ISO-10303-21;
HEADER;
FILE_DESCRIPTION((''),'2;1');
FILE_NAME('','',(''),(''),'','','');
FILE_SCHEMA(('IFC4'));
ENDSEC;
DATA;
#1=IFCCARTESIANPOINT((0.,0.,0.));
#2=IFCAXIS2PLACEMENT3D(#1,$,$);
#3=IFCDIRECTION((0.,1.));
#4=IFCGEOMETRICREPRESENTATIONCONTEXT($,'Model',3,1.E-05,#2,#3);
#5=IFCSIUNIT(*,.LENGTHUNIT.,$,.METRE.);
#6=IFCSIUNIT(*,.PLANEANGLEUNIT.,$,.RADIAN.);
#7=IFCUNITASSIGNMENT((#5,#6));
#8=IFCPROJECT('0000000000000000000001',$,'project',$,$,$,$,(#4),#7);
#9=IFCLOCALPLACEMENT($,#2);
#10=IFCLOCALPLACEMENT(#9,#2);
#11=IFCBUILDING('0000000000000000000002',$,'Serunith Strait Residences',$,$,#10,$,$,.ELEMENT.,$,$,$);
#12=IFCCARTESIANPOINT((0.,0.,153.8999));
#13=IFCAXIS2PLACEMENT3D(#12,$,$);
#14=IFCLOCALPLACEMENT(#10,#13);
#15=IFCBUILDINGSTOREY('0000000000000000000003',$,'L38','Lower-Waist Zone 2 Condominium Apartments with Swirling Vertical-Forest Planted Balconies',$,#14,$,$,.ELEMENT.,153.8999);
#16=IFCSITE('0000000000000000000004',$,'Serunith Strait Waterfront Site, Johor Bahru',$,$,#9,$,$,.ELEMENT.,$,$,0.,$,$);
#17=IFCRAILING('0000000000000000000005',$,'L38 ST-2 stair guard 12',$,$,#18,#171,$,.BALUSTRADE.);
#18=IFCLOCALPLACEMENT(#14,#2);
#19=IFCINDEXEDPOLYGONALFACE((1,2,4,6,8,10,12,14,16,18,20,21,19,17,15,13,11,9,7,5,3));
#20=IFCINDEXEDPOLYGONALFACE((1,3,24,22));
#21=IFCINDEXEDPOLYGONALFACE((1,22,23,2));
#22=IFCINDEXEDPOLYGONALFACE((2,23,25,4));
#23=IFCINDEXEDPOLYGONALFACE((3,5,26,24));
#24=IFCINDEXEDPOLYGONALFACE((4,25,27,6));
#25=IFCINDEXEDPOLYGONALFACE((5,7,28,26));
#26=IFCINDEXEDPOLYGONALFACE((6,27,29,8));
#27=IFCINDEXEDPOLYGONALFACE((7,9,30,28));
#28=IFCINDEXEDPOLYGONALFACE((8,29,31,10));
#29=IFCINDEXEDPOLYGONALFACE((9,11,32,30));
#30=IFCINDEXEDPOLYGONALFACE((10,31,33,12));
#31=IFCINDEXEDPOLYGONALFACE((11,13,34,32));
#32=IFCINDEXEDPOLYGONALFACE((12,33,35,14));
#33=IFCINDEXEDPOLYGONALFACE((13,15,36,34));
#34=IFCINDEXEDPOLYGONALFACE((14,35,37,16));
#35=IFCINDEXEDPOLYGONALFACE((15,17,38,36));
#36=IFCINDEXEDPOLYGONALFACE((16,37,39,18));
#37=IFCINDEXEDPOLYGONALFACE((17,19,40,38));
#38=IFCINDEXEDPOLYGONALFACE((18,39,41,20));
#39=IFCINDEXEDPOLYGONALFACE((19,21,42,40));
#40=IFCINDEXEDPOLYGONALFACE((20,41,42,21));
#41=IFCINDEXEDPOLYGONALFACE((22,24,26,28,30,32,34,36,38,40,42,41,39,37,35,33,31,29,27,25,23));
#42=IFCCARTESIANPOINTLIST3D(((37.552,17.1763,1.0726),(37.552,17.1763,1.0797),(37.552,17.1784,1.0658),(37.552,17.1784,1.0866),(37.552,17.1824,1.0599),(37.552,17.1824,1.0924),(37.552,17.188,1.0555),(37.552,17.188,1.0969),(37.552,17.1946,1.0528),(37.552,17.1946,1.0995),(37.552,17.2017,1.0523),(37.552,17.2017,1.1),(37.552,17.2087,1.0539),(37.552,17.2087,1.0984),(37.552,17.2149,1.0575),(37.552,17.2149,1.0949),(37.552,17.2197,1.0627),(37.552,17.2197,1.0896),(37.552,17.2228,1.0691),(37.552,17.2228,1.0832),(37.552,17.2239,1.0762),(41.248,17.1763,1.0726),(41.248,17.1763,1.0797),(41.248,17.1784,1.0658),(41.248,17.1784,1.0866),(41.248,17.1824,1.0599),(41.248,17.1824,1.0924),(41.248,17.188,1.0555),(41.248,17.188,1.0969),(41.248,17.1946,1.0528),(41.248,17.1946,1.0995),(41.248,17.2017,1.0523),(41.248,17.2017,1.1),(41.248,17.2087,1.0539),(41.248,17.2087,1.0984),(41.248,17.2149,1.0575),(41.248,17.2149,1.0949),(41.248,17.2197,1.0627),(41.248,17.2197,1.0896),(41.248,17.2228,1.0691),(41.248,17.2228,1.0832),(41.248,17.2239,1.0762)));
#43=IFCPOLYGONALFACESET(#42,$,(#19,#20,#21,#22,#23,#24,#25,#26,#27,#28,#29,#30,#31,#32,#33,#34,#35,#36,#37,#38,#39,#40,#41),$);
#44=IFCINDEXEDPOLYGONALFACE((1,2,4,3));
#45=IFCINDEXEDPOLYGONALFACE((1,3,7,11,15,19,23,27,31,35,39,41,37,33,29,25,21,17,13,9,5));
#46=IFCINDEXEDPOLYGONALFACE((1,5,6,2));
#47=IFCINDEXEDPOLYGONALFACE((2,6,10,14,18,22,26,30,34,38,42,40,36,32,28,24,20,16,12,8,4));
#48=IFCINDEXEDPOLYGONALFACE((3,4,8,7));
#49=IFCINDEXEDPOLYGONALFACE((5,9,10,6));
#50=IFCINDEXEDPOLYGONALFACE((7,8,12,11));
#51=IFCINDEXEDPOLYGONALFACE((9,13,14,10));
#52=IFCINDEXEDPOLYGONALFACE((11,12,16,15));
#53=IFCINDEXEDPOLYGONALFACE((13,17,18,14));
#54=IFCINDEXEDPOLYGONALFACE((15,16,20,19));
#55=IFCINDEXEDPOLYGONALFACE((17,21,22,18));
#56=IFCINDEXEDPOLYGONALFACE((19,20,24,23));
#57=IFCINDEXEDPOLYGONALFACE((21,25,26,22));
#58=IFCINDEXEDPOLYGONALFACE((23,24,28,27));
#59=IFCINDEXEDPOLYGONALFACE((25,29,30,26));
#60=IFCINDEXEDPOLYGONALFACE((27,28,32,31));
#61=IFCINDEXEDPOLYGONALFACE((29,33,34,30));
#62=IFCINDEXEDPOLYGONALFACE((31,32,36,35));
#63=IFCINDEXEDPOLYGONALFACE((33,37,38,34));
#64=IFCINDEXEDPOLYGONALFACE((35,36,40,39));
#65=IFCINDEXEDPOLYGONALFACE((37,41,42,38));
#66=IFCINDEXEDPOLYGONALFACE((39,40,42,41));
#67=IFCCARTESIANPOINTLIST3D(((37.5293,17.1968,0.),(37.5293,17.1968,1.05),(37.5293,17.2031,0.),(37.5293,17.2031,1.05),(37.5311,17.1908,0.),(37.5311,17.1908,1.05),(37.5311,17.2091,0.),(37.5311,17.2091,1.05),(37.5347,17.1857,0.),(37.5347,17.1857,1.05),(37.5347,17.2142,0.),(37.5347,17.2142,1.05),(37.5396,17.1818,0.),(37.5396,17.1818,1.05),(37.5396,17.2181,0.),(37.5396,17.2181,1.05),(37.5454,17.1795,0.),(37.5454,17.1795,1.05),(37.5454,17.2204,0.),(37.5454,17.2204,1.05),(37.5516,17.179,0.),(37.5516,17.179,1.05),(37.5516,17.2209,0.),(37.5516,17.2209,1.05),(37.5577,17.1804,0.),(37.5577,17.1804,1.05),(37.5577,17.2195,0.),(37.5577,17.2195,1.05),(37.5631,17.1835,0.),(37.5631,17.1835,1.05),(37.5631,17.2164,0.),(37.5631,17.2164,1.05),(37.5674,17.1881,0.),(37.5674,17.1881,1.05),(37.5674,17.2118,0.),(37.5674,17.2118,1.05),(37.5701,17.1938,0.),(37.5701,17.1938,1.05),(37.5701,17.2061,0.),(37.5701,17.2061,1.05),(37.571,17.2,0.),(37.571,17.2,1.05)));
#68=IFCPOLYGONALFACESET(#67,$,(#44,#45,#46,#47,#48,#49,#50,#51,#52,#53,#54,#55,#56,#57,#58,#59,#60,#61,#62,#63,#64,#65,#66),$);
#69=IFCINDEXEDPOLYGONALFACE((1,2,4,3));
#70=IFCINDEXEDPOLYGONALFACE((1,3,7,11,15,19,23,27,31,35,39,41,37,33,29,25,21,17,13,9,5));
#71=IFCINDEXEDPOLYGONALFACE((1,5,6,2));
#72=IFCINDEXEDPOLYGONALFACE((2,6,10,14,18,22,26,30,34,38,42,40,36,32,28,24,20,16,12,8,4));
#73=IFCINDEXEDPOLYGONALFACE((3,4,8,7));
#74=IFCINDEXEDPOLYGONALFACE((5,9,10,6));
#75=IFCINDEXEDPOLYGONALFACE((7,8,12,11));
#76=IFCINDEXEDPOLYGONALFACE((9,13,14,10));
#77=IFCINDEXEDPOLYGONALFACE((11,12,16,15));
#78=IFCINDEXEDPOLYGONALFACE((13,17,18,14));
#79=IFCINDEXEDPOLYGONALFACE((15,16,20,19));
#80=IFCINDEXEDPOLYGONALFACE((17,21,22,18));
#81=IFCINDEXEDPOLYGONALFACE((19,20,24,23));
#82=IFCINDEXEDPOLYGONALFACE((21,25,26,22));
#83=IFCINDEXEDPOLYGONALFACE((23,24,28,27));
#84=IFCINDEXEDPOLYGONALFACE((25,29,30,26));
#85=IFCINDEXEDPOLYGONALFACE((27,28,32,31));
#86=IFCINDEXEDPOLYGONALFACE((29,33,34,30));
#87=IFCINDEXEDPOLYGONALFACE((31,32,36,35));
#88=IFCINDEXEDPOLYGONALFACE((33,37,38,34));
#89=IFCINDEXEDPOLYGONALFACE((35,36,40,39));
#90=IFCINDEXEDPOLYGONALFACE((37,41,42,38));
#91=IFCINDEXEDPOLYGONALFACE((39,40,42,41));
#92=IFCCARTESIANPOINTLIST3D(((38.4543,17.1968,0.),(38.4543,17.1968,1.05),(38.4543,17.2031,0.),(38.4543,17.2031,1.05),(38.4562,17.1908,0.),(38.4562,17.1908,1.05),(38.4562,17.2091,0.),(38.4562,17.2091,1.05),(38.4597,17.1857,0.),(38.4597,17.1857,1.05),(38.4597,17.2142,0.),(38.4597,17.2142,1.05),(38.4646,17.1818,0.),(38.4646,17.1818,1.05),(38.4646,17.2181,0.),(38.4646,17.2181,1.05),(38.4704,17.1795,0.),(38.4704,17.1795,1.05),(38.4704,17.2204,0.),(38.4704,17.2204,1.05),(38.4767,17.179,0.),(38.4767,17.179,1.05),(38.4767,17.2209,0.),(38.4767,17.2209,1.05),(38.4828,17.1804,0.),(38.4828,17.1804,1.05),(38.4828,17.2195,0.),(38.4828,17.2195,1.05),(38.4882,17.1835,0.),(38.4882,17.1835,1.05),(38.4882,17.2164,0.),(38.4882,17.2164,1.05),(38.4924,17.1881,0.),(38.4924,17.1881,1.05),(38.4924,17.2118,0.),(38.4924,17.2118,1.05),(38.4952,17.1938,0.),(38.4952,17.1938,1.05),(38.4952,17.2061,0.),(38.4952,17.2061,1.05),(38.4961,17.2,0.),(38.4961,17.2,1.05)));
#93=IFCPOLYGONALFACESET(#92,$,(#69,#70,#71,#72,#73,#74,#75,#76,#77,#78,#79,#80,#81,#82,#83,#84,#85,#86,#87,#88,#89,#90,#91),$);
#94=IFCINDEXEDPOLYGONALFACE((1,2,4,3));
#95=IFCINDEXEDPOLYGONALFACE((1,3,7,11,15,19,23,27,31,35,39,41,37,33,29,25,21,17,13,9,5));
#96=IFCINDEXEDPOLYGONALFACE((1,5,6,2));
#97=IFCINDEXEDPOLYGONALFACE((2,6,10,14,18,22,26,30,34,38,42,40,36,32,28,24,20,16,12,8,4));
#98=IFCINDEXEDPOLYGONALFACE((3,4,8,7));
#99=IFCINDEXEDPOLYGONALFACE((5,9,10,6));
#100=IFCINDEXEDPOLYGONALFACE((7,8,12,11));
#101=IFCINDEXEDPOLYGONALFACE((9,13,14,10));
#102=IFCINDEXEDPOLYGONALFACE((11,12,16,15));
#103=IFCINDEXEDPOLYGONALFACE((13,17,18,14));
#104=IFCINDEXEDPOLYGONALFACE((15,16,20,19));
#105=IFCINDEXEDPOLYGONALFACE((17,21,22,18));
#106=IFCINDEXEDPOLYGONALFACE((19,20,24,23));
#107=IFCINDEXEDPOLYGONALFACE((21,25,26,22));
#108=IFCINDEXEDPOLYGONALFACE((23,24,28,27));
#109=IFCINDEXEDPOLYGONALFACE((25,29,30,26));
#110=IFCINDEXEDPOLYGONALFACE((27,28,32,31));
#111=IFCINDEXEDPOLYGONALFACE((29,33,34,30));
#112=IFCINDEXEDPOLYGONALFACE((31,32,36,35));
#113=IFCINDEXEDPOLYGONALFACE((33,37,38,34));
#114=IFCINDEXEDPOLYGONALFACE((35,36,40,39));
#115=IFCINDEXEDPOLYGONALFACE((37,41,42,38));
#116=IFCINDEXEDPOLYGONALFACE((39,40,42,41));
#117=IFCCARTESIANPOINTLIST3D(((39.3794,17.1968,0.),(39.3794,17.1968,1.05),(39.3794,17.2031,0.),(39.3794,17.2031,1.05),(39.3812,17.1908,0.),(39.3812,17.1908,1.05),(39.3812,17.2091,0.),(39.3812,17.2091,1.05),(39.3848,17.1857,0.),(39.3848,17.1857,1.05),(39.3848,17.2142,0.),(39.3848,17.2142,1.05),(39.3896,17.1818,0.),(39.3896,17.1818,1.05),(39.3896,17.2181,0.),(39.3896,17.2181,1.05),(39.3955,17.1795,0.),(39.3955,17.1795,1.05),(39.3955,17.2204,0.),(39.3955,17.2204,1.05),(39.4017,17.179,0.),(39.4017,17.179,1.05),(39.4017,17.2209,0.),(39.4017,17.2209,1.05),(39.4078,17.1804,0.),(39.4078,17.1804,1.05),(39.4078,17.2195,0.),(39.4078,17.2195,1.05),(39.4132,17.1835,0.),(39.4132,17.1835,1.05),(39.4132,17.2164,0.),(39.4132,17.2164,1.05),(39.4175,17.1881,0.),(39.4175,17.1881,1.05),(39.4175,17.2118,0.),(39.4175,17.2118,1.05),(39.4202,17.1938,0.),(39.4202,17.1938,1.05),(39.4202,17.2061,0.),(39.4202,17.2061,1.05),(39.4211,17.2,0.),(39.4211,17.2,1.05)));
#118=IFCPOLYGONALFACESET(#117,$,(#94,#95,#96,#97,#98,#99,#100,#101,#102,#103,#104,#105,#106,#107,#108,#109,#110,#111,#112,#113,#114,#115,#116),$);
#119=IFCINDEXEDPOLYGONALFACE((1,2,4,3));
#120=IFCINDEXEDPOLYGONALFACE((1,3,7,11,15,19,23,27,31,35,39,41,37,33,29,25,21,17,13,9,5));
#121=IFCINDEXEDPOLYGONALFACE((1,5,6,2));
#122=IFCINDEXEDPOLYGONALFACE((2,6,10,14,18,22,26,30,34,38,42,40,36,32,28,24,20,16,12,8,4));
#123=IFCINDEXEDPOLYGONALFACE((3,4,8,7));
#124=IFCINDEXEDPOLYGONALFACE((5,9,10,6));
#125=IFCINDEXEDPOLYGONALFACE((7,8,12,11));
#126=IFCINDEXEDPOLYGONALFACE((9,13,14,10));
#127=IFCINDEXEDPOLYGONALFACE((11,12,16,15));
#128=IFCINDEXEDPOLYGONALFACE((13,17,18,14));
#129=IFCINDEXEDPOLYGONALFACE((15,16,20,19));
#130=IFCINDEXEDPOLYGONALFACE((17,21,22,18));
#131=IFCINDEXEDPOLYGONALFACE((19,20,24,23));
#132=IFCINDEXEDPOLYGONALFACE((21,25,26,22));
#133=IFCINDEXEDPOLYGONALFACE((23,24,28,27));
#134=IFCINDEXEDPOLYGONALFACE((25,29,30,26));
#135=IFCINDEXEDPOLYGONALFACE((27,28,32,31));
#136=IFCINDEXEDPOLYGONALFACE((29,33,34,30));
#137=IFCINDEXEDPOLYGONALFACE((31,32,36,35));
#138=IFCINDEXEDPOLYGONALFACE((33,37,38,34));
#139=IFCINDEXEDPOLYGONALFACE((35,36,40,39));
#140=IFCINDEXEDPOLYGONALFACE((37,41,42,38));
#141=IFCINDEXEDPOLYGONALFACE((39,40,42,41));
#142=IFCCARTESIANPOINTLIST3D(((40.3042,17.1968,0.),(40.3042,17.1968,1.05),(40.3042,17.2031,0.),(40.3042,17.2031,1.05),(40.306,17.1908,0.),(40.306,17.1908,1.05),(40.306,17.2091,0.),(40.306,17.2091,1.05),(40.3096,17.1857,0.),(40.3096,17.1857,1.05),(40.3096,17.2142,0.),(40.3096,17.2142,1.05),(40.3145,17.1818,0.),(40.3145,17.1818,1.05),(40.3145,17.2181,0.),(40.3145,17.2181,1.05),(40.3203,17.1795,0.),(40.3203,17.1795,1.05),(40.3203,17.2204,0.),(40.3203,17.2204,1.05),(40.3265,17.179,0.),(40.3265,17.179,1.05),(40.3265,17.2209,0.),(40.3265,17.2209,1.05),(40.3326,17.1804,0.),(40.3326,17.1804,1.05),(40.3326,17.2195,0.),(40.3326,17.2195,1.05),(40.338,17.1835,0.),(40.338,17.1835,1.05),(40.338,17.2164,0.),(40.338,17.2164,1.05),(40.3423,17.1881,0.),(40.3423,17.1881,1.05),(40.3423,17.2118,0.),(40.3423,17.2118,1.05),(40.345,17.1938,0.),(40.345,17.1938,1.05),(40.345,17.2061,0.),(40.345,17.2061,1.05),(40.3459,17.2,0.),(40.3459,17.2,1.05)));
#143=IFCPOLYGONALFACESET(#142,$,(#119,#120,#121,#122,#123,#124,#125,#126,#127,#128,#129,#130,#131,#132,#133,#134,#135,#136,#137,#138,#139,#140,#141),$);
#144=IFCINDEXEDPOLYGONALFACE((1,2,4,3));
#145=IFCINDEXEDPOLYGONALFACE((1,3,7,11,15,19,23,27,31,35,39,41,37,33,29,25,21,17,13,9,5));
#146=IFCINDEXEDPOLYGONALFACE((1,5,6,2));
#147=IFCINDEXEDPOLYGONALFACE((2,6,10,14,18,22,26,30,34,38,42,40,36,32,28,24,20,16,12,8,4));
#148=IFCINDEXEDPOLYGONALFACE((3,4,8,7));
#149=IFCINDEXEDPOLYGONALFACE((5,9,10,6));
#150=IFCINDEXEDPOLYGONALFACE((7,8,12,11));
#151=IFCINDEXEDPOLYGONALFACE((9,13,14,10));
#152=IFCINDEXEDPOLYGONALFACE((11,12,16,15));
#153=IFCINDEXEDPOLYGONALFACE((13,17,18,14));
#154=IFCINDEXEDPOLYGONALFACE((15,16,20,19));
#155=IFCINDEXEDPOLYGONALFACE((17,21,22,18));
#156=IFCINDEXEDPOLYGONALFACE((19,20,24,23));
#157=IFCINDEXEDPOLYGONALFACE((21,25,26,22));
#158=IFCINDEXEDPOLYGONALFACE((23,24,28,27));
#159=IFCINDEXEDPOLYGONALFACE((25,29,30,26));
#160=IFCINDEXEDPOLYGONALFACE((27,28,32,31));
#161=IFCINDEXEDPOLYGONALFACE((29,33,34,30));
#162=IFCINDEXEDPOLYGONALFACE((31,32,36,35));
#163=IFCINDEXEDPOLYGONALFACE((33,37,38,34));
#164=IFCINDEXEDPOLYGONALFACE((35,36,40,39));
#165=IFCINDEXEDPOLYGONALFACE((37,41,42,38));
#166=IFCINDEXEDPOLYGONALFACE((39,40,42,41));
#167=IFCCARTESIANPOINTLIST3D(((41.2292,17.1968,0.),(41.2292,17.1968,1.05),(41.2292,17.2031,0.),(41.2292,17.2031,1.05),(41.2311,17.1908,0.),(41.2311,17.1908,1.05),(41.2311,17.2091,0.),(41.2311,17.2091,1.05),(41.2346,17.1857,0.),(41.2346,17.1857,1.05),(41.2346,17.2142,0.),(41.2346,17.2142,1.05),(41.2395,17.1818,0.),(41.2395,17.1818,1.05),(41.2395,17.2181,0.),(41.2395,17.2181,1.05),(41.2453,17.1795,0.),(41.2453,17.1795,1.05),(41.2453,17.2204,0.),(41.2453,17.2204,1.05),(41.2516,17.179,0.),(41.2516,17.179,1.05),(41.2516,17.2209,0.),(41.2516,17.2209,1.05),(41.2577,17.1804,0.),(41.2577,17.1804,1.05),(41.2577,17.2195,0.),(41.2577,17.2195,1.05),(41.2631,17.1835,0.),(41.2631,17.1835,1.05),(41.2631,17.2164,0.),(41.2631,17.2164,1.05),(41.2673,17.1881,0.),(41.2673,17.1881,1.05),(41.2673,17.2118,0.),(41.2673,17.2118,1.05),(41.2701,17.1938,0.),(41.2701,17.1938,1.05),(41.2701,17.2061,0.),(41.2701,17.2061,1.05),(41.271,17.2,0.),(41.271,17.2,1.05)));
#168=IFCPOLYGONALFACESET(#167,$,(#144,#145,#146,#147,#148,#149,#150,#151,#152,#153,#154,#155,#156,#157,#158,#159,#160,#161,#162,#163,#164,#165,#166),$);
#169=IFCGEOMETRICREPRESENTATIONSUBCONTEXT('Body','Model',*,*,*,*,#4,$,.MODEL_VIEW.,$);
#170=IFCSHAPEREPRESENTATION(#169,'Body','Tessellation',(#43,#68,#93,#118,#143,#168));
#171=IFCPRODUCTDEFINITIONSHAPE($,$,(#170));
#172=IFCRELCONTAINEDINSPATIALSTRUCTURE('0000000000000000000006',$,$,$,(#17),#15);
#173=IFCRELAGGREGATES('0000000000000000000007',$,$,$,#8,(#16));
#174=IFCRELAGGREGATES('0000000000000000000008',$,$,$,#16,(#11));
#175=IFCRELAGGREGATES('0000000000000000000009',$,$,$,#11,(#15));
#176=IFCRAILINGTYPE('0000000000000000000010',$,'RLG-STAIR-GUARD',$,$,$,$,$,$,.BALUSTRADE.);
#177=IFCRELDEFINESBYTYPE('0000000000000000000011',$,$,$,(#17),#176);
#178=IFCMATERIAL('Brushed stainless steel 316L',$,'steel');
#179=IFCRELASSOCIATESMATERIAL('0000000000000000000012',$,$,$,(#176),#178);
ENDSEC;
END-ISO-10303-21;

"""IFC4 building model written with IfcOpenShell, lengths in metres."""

from ifc_helpers import new_model, si_unit, direction, frame, origin, origin_2d, place, context, subcontext, project, spatial, circle, extrude, material, type_object, element, save


model = new_model("IFC4")

# Units and contexts
model_context = context("Model", 3, precision=1e-05, world=origin(), true_north=direction((0.0, 1.0)))
body_context = subcontext(model_context, "Body", "Model", "MODEL_VIEW")
ifc_project = project(units=[si_unit("LENGTHUNIT", "METRE"), si_unit("PLANEANGLEUNIT", "RADIAN")], contexts=[model_context])

# Site, building, storey
site_placement = place(None, origin())
site = spatial("IfcSite", under=ifc_project, at=site_placement, Name="Serunith Strait Waterfront Site, Johor Bahru", CompositionType="ELEMENT", RefElevation=0.0)
building_placement = place(site_placement, origin())
building = spatial("IfcBuilding", under=site, at=building_placement, Name="Serunith Strait Residences", CompositionType="ELEMENT")
storey_placement = place(building_placement, frame((0.0, 0.0, 153.8999)))
storey = spatial("IfcBuildingStorey", under=building, at=storey_placement, Name="L38", Description="Lower-Waist Zone 2 Condominium Apartments with Swirling Vertical-Forest Planted Balconies", CompositionType="ELEMENT", Elevation=153.8999)

# Railing
ifc_material_1 = material(Name="Brushed stainless steel 316L", Category="steel")
railing_type_1 = type_object("IfcRailingType", Name="RLG-STAIR-GUARD", PredefinedType="BALUSTRADE", material=ifc_material_1)
railing_1_placement = place(storey_placement, frame((37.55, 17.2, 0.0)))
element("IfcRailing", 1, at=railing_1_placement, inside=storey, type_object=railing_type_1, Name="L38 ST-2 stair guard 12", PredefinedType="BALUSTRADE", context=body_context, shape_type="SweptSolid", body=[
    extrude(circle(Radius=0.0239, at=origin_2d()), frame((0.002, 0.0, 1.0762), z_axis=(1.0, 0.0, 0.0), x_axis=(0.0, 1.0, 0.0)), (0.0, 0.0, 1.0), 3.696),
    extrude(circle(Radius=0.021, at=origin_2d()), origin(), (0.0, 0.0, 1.0), 1.05),
    extrude(circle(Radius=0.021, at=origin_2d()), frame((0.925, 0.0, 0.0)), (0.0, 0.0, 1.0), 1.05),
    extrude(circle(Radius=0.021, at=origin_2d()), frame((1.8501, 0.0, 0.0)), (0.0, 0.0, 1.0), 1.05),
    extrude(circle(Radius=0.021, at=origin_2d()), frame((2.7749, 0.0, 0.0)), (0.0, 0.0, 1.0), 1.05),
    extrude(circle(Radius=0.021, at=origin_2d()), frame((3.7, 0.0, 0.0)), (0.0, 0.0, 1.0), 1.05),
])

save(model, "model.ifc")
